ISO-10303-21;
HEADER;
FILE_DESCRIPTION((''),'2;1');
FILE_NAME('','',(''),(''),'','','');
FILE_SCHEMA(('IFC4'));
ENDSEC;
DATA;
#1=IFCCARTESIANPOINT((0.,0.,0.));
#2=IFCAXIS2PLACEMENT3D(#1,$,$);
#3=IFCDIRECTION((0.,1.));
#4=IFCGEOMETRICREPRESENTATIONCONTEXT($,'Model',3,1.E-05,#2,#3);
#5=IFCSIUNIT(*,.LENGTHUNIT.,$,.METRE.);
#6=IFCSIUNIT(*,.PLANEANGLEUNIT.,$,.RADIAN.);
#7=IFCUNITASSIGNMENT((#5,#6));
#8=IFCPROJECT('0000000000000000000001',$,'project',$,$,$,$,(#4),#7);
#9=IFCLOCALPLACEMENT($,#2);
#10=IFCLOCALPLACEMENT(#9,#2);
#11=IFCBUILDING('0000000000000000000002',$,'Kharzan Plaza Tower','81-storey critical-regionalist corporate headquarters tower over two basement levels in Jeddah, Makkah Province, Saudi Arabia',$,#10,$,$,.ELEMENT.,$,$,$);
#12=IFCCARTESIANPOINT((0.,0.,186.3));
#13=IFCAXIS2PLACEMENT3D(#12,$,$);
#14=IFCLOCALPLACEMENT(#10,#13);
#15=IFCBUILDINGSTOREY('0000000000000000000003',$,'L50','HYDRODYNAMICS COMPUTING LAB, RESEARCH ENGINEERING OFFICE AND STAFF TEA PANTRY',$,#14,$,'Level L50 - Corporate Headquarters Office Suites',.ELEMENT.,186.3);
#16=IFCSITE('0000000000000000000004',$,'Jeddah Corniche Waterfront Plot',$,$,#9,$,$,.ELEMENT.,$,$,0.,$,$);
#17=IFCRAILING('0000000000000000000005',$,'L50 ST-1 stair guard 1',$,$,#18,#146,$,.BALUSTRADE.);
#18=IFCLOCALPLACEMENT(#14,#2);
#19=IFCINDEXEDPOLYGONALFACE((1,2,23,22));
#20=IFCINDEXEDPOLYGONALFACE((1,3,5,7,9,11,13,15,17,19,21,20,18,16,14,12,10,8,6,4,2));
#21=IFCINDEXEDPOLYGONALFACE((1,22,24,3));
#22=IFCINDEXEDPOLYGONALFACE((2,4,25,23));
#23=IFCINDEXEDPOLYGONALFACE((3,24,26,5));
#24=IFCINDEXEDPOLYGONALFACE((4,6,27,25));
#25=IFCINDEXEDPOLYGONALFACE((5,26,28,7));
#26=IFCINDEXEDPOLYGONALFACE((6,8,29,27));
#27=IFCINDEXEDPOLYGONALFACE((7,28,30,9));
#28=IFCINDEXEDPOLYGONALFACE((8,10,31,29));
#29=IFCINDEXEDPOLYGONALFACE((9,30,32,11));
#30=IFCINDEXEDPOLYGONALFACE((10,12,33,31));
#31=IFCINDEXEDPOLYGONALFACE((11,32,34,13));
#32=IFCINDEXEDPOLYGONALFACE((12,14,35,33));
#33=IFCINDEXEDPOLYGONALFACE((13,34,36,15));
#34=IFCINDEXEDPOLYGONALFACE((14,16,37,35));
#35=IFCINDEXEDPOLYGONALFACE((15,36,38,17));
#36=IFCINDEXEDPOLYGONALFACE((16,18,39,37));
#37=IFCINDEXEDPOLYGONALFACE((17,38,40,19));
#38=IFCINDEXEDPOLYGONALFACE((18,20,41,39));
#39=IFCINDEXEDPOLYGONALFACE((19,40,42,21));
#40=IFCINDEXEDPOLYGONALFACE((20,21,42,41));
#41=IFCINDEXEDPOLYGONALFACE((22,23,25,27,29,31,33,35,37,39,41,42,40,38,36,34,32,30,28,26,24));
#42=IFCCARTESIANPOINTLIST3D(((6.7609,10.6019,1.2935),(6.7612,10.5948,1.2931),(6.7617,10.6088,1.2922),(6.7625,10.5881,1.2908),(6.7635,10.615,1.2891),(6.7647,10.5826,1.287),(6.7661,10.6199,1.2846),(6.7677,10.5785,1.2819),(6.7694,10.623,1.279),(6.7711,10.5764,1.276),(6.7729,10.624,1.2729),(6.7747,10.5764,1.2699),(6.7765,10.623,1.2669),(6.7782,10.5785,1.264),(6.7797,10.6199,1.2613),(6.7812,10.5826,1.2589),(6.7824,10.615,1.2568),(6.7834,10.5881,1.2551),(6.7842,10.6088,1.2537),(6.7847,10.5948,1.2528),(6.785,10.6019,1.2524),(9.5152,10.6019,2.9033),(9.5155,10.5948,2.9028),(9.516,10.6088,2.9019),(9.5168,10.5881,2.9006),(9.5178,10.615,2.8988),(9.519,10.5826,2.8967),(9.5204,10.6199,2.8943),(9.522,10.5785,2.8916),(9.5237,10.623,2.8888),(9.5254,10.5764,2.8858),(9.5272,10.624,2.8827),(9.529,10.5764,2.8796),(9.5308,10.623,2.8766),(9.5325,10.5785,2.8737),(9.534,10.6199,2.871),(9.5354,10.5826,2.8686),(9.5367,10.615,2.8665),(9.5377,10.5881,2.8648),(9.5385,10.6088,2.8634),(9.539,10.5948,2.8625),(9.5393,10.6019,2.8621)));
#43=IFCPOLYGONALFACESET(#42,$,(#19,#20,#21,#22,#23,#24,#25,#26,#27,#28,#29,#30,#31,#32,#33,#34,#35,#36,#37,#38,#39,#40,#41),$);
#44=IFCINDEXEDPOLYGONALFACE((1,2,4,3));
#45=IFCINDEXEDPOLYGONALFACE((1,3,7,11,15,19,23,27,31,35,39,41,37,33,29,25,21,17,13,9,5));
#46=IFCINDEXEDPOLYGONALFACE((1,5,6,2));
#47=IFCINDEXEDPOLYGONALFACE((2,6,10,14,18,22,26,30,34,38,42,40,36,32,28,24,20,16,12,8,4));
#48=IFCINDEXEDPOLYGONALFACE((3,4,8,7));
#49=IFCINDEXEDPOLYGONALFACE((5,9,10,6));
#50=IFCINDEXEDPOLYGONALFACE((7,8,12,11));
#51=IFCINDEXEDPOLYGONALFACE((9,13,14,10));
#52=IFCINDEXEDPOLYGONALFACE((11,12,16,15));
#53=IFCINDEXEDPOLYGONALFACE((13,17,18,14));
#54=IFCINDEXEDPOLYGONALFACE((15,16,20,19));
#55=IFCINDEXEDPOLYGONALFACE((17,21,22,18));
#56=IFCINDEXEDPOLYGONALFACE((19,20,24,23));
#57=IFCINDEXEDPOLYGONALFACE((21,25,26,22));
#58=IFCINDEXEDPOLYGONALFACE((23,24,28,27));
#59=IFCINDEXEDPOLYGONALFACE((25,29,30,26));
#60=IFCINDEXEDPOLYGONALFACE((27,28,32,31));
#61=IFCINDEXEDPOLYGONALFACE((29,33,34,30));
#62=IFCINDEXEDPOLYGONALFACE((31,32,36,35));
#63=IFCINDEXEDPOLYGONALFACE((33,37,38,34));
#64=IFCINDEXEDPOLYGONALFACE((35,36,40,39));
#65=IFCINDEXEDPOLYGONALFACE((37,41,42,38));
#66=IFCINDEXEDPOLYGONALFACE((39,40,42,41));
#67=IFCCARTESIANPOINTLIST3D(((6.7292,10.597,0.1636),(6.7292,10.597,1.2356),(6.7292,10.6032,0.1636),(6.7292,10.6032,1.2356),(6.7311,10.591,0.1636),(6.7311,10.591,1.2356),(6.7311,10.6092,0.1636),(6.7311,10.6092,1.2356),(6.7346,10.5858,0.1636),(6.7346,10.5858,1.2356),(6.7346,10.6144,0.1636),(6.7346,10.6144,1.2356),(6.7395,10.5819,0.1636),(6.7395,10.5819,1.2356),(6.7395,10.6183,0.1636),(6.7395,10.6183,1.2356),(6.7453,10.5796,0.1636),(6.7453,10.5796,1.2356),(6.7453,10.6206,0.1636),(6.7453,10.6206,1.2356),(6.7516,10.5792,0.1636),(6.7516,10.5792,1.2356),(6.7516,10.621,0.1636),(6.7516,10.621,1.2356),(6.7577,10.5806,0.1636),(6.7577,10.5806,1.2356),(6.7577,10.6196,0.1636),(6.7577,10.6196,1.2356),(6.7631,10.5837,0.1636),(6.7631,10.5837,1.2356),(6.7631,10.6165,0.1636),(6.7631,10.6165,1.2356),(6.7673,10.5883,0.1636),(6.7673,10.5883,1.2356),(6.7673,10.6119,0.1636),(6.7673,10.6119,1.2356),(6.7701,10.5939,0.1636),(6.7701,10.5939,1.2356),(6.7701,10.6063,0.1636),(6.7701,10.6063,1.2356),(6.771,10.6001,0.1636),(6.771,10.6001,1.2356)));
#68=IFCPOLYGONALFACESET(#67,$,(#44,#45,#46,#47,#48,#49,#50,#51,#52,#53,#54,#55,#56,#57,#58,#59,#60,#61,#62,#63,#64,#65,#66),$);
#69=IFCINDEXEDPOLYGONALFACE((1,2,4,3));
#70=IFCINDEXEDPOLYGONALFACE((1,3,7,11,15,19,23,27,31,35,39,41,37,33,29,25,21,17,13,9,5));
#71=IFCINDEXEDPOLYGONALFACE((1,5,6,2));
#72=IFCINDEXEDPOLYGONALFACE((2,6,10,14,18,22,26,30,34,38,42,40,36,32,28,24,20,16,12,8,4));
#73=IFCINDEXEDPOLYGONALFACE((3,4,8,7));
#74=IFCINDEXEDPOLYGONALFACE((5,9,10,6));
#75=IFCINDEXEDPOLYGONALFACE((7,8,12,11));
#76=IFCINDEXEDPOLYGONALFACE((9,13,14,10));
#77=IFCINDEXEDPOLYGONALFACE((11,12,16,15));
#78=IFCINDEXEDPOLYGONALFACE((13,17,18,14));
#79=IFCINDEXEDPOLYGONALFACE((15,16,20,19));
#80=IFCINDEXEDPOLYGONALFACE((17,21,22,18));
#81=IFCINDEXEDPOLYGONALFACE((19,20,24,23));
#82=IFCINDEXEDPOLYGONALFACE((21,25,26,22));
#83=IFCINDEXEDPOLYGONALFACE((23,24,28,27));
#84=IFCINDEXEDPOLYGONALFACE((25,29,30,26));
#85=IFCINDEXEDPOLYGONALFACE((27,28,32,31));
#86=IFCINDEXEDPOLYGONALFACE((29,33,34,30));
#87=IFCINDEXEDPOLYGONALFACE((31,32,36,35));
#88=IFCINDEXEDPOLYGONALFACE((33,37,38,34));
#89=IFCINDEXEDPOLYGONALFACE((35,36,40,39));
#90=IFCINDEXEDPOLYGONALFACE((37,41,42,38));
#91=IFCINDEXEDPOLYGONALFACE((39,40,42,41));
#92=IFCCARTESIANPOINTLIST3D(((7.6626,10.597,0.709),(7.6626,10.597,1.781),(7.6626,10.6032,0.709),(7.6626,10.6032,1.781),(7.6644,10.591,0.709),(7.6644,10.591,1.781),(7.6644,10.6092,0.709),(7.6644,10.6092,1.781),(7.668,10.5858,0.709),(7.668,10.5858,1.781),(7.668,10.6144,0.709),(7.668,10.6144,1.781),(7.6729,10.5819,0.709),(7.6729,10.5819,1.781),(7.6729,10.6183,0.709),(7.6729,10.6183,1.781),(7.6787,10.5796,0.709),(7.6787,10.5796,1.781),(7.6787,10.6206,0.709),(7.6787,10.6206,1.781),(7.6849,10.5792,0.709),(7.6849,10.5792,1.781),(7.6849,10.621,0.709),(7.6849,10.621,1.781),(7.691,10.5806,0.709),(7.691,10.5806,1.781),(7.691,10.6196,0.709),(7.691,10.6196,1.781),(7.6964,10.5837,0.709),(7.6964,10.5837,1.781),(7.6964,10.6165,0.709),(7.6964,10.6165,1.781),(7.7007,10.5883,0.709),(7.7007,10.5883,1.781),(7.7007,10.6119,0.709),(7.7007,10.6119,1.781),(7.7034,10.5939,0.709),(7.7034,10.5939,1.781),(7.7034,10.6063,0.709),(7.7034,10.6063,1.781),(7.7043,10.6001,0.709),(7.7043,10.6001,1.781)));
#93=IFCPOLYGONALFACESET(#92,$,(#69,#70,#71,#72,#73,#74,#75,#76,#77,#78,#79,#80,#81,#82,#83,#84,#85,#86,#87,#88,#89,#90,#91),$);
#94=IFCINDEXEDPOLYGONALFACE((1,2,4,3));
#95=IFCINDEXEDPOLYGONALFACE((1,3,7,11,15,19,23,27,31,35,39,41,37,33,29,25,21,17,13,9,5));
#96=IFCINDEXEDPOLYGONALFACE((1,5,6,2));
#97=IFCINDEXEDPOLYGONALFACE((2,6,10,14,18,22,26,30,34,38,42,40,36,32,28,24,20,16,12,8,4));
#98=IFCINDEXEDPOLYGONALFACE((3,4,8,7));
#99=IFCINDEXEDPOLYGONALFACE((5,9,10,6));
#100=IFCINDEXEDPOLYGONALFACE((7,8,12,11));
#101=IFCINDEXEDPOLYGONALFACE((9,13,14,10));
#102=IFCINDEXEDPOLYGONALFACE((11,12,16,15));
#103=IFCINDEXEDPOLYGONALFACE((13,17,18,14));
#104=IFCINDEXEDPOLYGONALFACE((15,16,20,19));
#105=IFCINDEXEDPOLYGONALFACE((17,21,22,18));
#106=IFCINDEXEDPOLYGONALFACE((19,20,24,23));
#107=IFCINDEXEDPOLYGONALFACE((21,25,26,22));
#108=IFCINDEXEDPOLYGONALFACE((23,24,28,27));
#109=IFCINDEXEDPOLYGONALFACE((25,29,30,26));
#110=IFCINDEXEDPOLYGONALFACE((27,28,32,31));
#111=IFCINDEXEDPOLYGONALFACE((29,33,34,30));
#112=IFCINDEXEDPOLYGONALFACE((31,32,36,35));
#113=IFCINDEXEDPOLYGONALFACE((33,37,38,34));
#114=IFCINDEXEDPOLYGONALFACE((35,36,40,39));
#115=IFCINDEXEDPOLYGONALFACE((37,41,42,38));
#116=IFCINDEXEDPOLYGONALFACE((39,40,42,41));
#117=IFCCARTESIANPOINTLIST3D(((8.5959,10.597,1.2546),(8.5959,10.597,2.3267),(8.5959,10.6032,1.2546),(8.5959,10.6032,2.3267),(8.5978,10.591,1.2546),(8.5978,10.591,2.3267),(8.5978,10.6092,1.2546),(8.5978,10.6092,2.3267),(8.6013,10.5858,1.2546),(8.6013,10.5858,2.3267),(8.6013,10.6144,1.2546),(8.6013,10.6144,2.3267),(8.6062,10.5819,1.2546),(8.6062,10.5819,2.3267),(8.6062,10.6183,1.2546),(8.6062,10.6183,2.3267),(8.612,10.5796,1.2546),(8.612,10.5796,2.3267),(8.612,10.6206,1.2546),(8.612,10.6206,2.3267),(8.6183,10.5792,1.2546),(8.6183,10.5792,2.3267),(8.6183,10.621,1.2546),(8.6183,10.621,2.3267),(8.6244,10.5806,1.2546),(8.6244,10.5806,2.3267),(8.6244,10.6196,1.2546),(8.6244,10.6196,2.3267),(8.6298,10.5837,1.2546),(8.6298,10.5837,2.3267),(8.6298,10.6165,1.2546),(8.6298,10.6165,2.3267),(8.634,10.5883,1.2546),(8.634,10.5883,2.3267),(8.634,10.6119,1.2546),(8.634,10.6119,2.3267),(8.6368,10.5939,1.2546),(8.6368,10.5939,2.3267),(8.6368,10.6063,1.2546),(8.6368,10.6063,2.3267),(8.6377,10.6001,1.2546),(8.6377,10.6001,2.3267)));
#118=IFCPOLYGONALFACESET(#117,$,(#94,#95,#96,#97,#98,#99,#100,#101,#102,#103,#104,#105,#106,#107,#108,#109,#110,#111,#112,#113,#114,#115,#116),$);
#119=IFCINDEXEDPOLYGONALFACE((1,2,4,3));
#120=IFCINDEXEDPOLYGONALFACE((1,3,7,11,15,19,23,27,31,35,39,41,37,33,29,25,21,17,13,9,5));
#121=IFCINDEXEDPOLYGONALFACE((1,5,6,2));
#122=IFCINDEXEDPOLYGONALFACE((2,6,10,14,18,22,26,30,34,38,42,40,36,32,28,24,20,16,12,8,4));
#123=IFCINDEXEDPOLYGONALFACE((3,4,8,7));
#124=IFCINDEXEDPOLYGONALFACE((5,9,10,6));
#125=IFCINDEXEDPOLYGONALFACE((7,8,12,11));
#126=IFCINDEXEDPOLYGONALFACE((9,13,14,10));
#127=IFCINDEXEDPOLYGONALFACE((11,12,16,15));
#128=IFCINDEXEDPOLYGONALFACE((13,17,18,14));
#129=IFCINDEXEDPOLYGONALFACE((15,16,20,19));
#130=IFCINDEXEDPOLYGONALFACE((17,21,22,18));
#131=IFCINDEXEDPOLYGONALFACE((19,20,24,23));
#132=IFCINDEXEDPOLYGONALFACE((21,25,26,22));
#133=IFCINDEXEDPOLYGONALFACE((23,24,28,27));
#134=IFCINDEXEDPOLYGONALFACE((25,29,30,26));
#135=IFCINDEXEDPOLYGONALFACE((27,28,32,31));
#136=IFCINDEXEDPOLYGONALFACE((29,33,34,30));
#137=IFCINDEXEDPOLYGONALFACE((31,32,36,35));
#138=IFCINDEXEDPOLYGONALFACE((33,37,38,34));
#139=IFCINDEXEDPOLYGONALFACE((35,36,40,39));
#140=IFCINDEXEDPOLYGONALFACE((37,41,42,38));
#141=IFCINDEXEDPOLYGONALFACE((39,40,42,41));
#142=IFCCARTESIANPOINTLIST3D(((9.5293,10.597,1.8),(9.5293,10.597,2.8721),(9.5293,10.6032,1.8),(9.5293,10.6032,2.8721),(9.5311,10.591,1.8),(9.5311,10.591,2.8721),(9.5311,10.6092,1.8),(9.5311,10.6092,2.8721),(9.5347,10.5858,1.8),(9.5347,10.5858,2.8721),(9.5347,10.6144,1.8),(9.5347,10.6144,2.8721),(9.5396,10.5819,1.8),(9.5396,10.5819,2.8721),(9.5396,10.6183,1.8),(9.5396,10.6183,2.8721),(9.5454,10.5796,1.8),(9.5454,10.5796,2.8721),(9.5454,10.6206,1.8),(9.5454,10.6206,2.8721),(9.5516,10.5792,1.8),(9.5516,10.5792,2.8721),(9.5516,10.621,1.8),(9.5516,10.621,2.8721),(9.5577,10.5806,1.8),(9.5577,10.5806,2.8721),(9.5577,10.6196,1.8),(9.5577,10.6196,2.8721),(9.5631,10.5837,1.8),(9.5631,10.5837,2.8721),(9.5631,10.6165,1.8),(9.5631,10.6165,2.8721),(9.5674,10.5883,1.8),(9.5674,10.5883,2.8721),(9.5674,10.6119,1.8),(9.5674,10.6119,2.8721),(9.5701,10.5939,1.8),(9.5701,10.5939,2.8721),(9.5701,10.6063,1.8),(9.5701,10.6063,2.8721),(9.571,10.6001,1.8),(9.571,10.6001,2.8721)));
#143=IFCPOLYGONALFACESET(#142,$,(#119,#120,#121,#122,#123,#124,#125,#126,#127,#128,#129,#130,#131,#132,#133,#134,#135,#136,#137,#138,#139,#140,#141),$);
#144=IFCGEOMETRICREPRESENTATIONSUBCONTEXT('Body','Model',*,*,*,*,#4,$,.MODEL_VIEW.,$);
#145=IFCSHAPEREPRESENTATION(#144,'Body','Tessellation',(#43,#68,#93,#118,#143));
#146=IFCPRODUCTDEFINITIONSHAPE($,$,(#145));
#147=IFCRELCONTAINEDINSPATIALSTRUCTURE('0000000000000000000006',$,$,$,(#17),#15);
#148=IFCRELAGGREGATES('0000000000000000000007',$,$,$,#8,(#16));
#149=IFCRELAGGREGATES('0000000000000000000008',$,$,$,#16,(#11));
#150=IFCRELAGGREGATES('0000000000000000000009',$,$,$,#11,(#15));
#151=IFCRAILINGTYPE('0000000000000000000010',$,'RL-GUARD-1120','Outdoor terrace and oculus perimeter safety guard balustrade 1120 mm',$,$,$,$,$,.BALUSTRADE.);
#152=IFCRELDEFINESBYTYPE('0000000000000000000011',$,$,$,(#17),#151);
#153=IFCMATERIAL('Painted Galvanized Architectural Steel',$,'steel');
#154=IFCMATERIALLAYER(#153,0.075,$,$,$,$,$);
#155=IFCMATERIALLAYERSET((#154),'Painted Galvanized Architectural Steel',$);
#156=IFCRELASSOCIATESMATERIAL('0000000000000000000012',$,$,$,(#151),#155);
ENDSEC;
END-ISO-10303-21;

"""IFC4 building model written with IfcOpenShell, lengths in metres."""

from ifc_helpers import new_model, si_unit, direction, frame, origin, origin_2d, place, context, subcontext, project, spatial, circle, extrude, source, transform, mapped, material, layer, layer_set, type_object, element, save


model = new_model("IFC4")

# Units and contexts
model_context = context("Model", 3, precision=1e-05, world=origin(), true_north=direction((0.0, 1.0)))
body_context = subcontext(model_context, "Body", "Model", "MODEL_VIEW")
ifc_project = project(units=[si_unit("LENGTHUNIT", "METRE"), si_unit("PLANEANGLEUNIT", "RADIAN")], contexts=[model_context])

# Site, building, storey
site_placement = place(None, origin())
site = spatial("IfcSite", under=ifc_project, at=site_placement, Name="Jeddah Corniche Waterfront Plot", CompositionType="ELEMENT", RefElevation=0.0)
building_placement = place(site_placement, origin())
building = spatial("IfcBuilding", under=site, at=building_placement, Name="Kharzan Plaza Tower", Description="81-storey critical-regionalist corporate headquarters tower over two basement levels in Jeddah, Makkah Province, Saudi Arabia", CompositionType="ELEMENT")
storey_placement = place(building_placement, frame((0.0, 0.0, 186.3)))
storey = spatial("IfcBuildingStorey", under=building, at=storey_placement, Name="L50", Description="HYDRODYNAMICS COMPUTING LAB, RESEARCH ENGINEERING OFFICE AND STAFF TEA PANTRY", LongName="Level L50 - Corporate Headquarters Office Suites", CompositionType="ELEMENT", Elevation=186.3)

# Shared definitions
ifc_material_1 = material(Name="Painted Galvanized Architectural Steel", Category="steel")
ifc_layer_1 = layer(ifc_material_1, 0.075)
ifc_layer_set_1 = layer_set([ifc_layer_1], Name="Painted Galvanized Architectural Steel")
railing_type = type_object("IfcRailingType", Name="RL-GUARD-1120", Description="Outdoor terrace and oculus perimeter safety guard balustrade 1120 mm", PredefinedType="BALUSTRADE", material=ifc_layer_set_1)

# Railing
shared_shape_1 = source(origin(), body_context, "Body", "SweptSolid", [
    extrude(circle(Radius=0.0239, at=origin_2d()), frame((0.0229, 0.0, 1.1094), z_axis=(0.863361, 0.0, 0.504587), x_axis=(0.0, 1.0, 0.0)), (0.0, 0.0, 1.0), 3.1902),
    extrude(circle(Radius=0.021, at=origin_2d()), origin(), (0.0, 0.0, 1.0), 1.072),
    extrude(circle(Radius=0.021, at=origin_2d()), frame((0.9333, 0.0, 0.5454)), (0.0, 0.0, 1.0), 1.072),
    extrude(circle(Radius=0.021, at=origin_2d()), frame((1.8667, 0.0, 1.0911)), (0.0, 0.0, 1.0), 1.072),
    extrude(circle(Radius=0.021, at=origin_2d()), frame((2.8, 0.0, 1.6365)), (0.0, 0.0, 1.0), 1.072),
])
railing_1_placement = place(storey_placement, frame((6.75, 10.6001, 0.1636)))
element("IfcRailing", 1, at=railing_1_placement, inside=storey, type_object=railing_type, Name="L50 ST-1 stair guard 1", PredefinedType="BALUSTRADE", context=body_context, shape_type="MappedRepresentation", body=[
    mapped(shared_shape_1, transform((0.0, 0.0, 0.0), x_axis=(1.0, 0.0, 0.0), y_axis=(0.0, 1.0, 0.0), z_axis=(0.0, 0.0, 1.0))),
])

save(model, "model.ifc")
